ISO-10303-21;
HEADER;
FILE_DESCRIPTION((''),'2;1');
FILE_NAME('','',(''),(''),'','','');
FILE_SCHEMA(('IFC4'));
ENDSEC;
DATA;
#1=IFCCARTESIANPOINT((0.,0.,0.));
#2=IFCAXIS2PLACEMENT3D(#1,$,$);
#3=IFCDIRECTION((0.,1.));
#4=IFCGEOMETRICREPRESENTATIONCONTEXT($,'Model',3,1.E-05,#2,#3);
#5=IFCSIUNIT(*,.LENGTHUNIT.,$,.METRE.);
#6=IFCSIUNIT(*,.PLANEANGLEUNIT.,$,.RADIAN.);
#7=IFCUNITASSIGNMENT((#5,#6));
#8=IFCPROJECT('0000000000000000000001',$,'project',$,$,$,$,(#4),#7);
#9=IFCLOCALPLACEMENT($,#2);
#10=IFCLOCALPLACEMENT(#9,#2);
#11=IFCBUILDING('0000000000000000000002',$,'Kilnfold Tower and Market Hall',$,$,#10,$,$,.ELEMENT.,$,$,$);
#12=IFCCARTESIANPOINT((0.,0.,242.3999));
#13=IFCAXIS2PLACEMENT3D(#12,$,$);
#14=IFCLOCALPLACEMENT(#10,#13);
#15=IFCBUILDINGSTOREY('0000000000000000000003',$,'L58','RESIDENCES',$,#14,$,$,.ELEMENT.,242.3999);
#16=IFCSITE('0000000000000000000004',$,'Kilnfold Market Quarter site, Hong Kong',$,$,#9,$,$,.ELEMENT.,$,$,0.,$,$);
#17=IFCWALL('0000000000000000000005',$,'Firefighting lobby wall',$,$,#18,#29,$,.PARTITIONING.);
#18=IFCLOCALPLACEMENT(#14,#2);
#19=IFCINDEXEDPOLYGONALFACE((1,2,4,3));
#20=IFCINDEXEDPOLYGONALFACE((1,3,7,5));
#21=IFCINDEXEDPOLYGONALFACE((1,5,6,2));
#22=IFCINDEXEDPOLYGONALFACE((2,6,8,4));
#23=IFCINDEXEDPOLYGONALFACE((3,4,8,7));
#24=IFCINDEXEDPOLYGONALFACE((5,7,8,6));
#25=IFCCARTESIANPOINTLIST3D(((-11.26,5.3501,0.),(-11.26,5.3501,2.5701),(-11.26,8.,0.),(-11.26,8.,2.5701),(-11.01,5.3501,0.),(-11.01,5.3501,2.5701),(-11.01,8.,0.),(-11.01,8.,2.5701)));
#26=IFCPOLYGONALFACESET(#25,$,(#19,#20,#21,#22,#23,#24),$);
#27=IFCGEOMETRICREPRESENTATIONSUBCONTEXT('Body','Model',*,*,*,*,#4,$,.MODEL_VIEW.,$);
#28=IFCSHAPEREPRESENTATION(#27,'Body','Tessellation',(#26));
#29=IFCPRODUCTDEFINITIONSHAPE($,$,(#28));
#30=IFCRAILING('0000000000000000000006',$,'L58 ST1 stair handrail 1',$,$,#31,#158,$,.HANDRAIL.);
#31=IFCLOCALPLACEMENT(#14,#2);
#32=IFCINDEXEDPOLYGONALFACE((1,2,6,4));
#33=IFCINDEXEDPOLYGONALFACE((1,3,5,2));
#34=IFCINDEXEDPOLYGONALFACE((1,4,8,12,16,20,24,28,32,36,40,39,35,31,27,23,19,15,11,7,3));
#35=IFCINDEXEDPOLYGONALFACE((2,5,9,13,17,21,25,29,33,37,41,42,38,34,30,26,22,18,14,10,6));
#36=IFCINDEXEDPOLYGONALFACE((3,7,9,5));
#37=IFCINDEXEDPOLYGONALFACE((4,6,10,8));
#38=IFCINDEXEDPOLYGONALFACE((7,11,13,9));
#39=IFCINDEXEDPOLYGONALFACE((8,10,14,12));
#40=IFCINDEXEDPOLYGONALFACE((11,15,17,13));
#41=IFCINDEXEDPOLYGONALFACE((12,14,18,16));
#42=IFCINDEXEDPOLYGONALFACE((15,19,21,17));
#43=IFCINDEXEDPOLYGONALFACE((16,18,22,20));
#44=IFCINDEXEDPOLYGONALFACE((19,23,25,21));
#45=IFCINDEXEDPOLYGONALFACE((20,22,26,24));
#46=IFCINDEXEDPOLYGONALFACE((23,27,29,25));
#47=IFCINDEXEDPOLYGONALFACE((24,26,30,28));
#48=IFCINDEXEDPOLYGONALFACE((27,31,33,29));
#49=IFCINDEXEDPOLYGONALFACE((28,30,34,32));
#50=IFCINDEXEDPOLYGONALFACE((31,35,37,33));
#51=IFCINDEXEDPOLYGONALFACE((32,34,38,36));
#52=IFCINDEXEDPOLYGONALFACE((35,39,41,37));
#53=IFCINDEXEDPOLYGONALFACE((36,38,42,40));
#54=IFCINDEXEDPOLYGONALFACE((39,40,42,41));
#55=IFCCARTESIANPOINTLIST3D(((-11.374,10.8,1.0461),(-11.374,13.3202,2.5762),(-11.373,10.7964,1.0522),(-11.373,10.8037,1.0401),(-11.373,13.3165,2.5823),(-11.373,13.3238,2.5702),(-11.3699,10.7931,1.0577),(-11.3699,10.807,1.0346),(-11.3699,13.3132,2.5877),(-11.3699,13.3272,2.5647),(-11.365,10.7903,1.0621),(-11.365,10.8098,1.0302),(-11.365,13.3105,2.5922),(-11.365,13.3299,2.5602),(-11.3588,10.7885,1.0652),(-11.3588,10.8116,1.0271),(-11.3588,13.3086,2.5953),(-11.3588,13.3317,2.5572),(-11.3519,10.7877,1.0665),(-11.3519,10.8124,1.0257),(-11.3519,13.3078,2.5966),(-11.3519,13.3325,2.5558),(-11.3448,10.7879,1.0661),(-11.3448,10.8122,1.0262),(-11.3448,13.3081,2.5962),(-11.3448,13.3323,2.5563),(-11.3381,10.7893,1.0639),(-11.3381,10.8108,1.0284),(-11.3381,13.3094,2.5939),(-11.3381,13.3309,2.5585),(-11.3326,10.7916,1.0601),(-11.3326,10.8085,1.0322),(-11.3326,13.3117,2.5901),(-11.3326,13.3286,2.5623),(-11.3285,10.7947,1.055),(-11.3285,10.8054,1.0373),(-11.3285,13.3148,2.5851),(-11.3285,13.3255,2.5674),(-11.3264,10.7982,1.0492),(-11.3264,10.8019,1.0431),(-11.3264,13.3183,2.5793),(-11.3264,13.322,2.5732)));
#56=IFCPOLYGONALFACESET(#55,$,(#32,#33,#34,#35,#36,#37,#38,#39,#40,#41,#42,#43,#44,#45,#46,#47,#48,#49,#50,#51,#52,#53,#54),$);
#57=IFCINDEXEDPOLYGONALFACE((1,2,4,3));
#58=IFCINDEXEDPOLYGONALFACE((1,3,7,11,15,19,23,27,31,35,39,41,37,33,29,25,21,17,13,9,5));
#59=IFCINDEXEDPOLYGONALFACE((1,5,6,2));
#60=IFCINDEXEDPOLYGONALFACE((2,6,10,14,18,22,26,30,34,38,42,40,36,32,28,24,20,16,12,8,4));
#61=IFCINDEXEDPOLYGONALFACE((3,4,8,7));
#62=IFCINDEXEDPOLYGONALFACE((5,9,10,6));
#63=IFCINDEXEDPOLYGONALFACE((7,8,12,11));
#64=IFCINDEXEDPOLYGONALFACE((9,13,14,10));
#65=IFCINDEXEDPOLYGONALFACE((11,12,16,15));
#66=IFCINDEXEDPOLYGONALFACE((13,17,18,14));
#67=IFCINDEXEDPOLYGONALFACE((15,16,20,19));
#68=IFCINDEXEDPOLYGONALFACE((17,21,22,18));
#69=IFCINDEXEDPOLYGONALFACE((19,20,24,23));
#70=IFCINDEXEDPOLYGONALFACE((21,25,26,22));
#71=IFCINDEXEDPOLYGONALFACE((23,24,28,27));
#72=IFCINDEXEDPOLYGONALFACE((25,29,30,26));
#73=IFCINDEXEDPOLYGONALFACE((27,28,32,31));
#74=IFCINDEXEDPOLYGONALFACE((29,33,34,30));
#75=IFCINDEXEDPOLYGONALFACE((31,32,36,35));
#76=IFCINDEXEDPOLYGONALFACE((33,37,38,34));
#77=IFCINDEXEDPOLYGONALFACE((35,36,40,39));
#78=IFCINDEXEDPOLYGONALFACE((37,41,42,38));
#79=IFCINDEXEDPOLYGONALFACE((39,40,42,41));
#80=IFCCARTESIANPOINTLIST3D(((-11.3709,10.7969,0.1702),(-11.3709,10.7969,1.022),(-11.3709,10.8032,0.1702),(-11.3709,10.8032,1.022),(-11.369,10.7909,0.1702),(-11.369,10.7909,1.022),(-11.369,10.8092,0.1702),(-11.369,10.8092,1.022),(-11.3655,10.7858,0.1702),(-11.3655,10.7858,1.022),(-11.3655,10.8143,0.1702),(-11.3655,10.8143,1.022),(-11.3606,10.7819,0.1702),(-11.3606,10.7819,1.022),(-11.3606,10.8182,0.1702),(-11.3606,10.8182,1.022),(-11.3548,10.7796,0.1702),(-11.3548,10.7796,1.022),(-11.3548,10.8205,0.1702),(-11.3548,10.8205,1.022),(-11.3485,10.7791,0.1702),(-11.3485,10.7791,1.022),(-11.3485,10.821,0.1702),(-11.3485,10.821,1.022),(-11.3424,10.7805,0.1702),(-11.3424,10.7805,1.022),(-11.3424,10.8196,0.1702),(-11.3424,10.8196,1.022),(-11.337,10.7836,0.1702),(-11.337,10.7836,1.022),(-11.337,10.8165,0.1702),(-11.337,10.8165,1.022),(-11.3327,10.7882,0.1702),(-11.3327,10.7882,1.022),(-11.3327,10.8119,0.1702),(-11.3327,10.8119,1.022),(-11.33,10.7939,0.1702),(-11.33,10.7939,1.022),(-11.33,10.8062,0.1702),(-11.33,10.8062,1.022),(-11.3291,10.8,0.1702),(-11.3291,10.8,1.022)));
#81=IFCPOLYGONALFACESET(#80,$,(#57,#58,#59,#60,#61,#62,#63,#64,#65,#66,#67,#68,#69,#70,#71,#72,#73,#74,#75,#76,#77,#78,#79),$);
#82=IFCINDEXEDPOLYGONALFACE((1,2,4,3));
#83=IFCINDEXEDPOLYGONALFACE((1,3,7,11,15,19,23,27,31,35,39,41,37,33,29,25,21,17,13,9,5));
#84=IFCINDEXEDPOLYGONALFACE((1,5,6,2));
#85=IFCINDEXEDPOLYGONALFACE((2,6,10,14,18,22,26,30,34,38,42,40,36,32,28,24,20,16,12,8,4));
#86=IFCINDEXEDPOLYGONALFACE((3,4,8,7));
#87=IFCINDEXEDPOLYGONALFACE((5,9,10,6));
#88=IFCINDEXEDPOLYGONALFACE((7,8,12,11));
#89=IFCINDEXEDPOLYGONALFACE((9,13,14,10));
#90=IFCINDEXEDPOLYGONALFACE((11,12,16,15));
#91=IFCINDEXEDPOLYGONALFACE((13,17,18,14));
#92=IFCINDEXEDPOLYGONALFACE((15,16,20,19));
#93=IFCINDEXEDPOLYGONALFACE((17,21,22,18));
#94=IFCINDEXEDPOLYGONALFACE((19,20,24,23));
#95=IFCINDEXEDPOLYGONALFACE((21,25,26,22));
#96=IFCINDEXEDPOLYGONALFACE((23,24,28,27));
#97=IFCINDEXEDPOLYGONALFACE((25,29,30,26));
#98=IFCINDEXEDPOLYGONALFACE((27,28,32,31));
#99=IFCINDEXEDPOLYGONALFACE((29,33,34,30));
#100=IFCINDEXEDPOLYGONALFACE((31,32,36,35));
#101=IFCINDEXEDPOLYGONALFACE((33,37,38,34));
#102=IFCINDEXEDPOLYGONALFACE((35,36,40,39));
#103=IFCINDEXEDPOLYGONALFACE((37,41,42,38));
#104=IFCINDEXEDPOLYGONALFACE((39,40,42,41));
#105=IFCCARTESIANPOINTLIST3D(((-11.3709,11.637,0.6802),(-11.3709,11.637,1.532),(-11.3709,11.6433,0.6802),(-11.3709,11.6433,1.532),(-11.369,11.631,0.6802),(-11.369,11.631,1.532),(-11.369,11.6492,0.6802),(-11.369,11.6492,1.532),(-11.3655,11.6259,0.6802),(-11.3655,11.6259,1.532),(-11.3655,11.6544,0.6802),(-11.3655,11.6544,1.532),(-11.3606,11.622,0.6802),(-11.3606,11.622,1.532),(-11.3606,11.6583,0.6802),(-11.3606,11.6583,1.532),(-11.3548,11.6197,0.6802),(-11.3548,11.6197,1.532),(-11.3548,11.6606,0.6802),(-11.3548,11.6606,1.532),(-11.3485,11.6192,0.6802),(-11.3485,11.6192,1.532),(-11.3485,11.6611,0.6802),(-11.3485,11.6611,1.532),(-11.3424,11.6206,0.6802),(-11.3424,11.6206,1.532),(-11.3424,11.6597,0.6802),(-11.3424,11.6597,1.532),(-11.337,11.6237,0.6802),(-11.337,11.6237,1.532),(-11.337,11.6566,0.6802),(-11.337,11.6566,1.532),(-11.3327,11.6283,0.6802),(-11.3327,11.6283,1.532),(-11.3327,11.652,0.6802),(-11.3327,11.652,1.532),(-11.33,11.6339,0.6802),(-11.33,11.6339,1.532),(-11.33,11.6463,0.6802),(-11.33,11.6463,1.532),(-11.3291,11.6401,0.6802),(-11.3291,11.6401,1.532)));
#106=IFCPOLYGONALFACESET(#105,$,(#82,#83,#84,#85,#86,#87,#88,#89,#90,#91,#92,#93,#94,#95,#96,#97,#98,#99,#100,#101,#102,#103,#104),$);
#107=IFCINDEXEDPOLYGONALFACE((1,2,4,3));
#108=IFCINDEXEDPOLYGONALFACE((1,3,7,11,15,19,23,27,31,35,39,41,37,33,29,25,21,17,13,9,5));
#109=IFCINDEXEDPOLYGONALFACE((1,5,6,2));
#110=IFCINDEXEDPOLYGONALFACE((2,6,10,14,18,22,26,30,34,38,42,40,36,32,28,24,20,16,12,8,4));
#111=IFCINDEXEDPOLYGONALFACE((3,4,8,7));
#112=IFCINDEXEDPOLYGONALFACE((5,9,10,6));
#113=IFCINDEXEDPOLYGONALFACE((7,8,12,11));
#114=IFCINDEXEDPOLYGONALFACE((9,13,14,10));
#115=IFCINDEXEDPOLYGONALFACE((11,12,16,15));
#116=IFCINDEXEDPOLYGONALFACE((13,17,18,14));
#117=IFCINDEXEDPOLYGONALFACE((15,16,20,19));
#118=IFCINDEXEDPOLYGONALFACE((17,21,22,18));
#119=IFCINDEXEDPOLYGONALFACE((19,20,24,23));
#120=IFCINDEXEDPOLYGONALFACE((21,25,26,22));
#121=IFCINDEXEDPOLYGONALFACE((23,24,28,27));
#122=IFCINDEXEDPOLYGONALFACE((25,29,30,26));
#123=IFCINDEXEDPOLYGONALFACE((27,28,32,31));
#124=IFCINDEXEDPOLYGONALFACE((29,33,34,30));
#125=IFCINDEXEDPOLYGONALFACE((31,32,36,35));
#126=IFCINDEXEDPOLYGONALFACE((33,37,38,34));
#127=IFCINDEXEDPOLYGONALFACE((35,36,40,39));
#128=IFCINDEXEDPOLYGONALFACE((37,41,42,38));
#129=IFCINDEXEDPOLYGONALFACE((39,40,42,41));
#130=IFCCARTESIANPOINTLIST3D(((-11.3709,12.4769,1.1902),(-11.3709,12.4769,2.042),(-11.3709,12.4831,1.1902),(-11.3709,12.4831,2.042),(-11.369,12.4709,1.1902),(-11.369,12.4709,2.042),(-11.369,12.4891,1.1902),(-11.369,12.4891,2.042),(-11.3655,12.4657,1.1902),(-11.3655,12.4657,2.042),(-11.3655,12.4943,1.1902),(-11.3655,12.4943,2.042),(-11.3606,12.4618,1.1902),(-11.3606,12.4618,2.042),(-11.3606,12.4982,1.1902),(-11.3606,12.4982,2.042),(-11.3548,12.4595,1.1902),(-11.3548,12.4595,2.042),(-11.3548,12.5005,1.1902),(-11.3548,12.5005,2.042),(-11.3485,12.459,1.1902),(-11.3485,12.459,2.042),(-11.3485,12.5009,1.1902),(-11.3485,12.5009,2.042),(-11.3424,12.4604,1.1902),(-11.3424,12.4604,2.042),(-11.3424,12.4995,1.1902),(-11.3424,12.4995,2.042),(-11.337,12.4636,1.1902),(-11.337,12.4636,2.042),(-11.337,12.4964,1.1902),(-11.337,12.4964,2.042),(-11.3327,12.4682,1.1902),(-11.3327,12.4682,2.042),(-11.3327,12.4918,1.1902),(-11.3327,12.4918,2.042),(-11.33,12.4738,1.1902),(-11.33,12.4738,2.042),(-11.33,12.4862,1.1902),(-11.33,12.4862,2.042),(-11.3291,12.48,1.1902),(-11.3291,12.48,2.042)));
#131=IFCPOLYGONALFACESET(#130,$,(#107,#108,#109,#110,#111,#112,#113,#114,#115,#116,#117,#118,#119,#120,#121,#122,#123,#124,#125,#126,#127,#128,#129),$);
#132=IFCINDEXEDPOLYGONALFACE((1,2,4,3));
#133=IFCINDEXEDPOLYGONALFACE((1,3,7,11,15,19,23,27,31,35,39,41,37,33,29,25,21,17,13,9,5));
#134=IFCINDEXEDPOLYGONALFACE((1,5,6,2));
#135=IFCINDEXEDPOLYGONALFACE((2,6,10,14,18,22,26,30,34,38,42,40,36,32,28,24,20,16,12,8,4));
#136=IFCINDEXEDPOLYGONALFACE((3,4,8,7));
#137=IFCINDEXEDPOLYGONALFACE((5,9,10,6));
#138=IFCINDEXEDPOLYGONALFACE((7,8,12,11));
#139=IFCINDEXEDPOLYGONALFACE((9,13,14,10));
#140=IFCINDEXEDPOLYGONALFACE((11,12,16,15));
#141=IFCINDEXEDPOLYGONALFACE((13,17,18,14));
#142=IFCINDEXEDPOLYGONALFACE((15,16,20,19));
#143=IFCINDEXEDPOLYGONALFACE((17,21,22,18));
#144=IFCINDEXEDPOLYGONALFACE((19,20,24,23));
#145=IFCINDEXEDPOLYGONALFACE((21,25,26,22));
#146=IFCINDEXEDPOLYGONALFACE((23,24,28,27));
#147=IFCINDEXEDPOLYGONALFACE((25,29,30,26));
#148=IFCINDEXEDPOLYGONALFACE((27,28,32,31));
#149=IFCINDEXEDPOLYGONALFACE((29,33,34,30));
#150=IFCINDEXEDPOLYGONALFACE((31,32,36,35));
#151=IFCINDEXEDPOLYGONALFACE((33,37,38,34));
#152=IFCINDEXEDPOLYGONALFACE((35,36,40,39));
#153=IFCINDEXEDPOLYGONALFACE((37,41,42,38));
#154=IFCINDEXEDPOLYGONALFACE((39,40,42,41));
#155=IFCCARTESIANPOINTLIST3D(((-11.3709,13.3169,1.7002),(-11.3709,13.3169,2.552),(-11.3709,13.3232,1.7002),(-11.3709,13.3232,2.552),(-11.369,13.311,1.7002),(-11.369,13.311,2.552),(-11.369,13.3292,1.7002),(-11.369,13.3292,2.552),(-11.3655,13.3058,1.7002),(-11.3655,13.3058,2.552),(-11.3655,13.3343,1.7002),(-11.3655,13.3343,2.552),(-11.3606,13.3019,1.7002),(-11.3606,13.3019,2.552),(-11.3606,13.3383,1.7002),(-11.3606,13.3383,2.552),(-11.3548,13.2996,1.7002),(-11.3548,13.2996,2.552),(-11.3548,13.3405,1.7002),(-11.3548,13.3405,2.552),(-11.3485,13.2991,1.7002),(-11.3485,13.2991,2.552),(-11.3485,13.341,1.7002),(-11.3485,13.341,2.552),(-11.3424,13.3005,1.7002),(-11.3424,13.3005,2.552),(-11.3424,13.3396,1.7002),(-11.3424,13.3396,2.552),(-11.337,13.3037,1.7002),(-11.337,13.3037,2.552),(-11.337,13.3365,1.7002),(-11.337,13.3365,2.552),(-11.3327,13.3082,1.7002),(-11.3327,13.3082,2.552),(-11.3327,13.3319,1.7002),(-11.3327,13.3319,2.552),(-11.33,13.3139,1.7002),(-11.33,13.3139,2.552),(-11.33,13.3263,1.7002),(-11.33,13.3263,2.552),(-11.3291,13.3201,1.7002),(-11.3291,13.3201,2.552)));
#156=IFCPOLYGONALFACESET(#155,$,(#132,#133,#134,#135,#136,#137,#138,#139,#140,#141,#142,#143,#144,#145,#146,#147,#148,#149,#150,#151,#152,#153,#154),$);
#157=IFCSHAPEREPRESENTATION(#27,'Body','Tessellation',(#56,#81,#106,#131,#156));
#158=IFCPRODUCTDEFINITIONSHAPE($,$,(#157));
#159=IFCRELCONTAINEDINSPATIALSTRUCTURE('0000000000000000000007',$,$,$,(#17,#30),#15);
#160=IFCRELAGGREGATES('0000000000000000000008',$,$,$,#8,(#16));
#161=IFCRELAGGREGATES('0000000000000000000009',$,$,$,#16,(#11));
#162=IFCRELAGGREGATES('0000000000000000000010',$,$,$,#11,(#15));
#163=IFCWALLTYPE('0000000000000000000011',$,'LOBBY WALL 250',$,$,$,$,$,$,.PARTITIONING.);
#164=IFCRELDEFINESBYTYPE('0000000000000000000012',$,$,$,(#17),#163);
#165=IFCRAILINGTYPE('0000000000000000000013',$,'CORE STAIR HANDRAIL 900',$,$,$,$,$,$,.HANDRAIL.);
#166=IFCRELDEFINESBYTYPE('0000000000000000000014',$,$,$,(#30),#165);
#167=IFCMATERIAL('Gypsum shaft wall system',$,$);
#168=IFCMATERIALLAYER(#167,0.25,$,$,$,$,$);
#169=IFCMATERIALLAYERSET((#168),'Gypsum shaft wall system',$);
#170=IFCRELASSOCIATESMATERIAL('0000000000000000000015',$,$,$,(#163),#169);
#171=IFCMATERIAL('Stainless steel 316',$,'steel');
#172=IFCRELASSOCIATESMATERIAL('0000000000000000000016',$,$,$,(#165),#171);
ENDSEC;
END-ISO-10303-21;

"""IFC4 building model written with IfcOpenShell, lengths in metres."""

from ifc_helpers import new_model, si_unit, direction, frame, frame_2d, origin, origin_2d, place, context, subcontext, project, spatial, rectangle, circle, extrude, source, transform, mapped, material, layer, layer_set, type_object, element, save


model = new_model("IFC4")

# Units and contexts
model_context = context("Model", 3, precision=1e-05, world=origin(), true_north=direction((0.0, 1.0)))
body_context = subcontext(model_context, "Body", "Model", "MODEL_VIEW")
ifc_project = project(units=[si_unit("LENGTHUNIT", "METRE"), si_unit("PLANEANGLEUNIT", "RADIAN")], contexts=[model_context])

# Site, building, storey
site_placement = place(None, origin())
site = spatial("IfcSite", under=ifc_project, at=site_placement, Name="Kilnfold Market Quarter site, Hong Kong", CompositionType="ELEMENT", RefElevation=0.0)
building_placement = place(site_placement, origin())
building = spatial("IfcBuilding", under=site, at=building_placement, Name="Kilnfold Tower and Market Hall", CompositionType="ELEMENT")
storey_placement = place(building_placement, frame((0.0, 0.0, 242.3999)))
storey = spatial("IfcBuildingStorey", under=building, at=storey_placement, Name="L58", Description="RESIDENCES", CompositionType="ELEMENT", Elevation=242.3999)

# Shared definitions
ifc_material_1 = material(Name="Gypsum shaft wall system")
ifc_layer_1 = layer(ifc_material_1, 0.25)
ifc_layer_set_1 = layer_set([ifc_layer_1], Name="Gypsum shaft wall system")
wall_type_1 = type_object("IfcWallType", Name="LOBBY WALL 250", PredefinedType="PARTITIONING", material=ifc_layer_set_1)

# Wall
shared_shape_1 = source(origin(), body_context, "Body", "SweptSolid", [
    extrude(rectangle(XDim=2.6499, YDim=0.25, at=frame_2d((1.325, 0.0))), origin(), (0.0, 0.0, 1.0), 2.5701),
])
wall_1_placement = place(storey_placement, frame((-11.135, 5.3501, 0.0), z_axis=(0.0, 0.0, 1.0), x_axis=(0.0, 1.0, 0.0)))
element("IfcWall", 1, at=wall_1_placement, inside=storey, type_object=wall_type_1, Name="Firefighting lobby wall", PredefinedType="PARTITIONING", context=body_context, shape_type="MappedRepresentation", body=[
    mapped(shared_shape_1, transform((0.0, 0.0, 0.0))),
])

# Railing
ifc_material_2 = material(Name="Stainless steel 316", Category="steel")
railing_type_1 = type_object("IfcRailingType", Name="CORE STAIR HANDRAIL 900", PredefinedType="HANDRAIL", material=ifc_material_2)
railing_1_placement = place(storey_placement, frame((-11.3501, 10.8, 0.1702)))
element("IfcRailing", 2, at=railing_1_placement, inside=storey, type_object=railing_type_1, Name="L58 ST1 stair handrail 1", PredefinedType="HANDRAIL", context=body_context, shape_type="SweptSolid", body=[
    extrude(circle(Radius=0.0239, at=origin_2d()), frame((0.0, 0.0, 0.876), z_axis=(0.0, 0.854785, 0.518982), x_axis=(-1.0, 0.0, 0.0)), (0.0, 0.0, 1.0), 2.9482),
    extrude(circle(Radius=0.021, at=origin_2d()), origin(), (0.0, 0.0, 1.0), 0.8518),
    extrude(circle(Radius=0.021, at=origin_2d()), frame((0.0, 0.8401, 0.51)), (0.0, 0.0, 1.0), 0.8518),
    extrude(circle(Radius=0.021, at=origin_2d()), frame((0.0, 1.6799, 1.02)), (0.0, 0.0, 1.0), 0.8518),
    extrude(circle(Radius=0.021, at=origin_2d()), frame((0.0, 2.52, 1.53)), (0.0, 0.0, 1.0), 0.8518),
])

save(model, "model.ifc")
